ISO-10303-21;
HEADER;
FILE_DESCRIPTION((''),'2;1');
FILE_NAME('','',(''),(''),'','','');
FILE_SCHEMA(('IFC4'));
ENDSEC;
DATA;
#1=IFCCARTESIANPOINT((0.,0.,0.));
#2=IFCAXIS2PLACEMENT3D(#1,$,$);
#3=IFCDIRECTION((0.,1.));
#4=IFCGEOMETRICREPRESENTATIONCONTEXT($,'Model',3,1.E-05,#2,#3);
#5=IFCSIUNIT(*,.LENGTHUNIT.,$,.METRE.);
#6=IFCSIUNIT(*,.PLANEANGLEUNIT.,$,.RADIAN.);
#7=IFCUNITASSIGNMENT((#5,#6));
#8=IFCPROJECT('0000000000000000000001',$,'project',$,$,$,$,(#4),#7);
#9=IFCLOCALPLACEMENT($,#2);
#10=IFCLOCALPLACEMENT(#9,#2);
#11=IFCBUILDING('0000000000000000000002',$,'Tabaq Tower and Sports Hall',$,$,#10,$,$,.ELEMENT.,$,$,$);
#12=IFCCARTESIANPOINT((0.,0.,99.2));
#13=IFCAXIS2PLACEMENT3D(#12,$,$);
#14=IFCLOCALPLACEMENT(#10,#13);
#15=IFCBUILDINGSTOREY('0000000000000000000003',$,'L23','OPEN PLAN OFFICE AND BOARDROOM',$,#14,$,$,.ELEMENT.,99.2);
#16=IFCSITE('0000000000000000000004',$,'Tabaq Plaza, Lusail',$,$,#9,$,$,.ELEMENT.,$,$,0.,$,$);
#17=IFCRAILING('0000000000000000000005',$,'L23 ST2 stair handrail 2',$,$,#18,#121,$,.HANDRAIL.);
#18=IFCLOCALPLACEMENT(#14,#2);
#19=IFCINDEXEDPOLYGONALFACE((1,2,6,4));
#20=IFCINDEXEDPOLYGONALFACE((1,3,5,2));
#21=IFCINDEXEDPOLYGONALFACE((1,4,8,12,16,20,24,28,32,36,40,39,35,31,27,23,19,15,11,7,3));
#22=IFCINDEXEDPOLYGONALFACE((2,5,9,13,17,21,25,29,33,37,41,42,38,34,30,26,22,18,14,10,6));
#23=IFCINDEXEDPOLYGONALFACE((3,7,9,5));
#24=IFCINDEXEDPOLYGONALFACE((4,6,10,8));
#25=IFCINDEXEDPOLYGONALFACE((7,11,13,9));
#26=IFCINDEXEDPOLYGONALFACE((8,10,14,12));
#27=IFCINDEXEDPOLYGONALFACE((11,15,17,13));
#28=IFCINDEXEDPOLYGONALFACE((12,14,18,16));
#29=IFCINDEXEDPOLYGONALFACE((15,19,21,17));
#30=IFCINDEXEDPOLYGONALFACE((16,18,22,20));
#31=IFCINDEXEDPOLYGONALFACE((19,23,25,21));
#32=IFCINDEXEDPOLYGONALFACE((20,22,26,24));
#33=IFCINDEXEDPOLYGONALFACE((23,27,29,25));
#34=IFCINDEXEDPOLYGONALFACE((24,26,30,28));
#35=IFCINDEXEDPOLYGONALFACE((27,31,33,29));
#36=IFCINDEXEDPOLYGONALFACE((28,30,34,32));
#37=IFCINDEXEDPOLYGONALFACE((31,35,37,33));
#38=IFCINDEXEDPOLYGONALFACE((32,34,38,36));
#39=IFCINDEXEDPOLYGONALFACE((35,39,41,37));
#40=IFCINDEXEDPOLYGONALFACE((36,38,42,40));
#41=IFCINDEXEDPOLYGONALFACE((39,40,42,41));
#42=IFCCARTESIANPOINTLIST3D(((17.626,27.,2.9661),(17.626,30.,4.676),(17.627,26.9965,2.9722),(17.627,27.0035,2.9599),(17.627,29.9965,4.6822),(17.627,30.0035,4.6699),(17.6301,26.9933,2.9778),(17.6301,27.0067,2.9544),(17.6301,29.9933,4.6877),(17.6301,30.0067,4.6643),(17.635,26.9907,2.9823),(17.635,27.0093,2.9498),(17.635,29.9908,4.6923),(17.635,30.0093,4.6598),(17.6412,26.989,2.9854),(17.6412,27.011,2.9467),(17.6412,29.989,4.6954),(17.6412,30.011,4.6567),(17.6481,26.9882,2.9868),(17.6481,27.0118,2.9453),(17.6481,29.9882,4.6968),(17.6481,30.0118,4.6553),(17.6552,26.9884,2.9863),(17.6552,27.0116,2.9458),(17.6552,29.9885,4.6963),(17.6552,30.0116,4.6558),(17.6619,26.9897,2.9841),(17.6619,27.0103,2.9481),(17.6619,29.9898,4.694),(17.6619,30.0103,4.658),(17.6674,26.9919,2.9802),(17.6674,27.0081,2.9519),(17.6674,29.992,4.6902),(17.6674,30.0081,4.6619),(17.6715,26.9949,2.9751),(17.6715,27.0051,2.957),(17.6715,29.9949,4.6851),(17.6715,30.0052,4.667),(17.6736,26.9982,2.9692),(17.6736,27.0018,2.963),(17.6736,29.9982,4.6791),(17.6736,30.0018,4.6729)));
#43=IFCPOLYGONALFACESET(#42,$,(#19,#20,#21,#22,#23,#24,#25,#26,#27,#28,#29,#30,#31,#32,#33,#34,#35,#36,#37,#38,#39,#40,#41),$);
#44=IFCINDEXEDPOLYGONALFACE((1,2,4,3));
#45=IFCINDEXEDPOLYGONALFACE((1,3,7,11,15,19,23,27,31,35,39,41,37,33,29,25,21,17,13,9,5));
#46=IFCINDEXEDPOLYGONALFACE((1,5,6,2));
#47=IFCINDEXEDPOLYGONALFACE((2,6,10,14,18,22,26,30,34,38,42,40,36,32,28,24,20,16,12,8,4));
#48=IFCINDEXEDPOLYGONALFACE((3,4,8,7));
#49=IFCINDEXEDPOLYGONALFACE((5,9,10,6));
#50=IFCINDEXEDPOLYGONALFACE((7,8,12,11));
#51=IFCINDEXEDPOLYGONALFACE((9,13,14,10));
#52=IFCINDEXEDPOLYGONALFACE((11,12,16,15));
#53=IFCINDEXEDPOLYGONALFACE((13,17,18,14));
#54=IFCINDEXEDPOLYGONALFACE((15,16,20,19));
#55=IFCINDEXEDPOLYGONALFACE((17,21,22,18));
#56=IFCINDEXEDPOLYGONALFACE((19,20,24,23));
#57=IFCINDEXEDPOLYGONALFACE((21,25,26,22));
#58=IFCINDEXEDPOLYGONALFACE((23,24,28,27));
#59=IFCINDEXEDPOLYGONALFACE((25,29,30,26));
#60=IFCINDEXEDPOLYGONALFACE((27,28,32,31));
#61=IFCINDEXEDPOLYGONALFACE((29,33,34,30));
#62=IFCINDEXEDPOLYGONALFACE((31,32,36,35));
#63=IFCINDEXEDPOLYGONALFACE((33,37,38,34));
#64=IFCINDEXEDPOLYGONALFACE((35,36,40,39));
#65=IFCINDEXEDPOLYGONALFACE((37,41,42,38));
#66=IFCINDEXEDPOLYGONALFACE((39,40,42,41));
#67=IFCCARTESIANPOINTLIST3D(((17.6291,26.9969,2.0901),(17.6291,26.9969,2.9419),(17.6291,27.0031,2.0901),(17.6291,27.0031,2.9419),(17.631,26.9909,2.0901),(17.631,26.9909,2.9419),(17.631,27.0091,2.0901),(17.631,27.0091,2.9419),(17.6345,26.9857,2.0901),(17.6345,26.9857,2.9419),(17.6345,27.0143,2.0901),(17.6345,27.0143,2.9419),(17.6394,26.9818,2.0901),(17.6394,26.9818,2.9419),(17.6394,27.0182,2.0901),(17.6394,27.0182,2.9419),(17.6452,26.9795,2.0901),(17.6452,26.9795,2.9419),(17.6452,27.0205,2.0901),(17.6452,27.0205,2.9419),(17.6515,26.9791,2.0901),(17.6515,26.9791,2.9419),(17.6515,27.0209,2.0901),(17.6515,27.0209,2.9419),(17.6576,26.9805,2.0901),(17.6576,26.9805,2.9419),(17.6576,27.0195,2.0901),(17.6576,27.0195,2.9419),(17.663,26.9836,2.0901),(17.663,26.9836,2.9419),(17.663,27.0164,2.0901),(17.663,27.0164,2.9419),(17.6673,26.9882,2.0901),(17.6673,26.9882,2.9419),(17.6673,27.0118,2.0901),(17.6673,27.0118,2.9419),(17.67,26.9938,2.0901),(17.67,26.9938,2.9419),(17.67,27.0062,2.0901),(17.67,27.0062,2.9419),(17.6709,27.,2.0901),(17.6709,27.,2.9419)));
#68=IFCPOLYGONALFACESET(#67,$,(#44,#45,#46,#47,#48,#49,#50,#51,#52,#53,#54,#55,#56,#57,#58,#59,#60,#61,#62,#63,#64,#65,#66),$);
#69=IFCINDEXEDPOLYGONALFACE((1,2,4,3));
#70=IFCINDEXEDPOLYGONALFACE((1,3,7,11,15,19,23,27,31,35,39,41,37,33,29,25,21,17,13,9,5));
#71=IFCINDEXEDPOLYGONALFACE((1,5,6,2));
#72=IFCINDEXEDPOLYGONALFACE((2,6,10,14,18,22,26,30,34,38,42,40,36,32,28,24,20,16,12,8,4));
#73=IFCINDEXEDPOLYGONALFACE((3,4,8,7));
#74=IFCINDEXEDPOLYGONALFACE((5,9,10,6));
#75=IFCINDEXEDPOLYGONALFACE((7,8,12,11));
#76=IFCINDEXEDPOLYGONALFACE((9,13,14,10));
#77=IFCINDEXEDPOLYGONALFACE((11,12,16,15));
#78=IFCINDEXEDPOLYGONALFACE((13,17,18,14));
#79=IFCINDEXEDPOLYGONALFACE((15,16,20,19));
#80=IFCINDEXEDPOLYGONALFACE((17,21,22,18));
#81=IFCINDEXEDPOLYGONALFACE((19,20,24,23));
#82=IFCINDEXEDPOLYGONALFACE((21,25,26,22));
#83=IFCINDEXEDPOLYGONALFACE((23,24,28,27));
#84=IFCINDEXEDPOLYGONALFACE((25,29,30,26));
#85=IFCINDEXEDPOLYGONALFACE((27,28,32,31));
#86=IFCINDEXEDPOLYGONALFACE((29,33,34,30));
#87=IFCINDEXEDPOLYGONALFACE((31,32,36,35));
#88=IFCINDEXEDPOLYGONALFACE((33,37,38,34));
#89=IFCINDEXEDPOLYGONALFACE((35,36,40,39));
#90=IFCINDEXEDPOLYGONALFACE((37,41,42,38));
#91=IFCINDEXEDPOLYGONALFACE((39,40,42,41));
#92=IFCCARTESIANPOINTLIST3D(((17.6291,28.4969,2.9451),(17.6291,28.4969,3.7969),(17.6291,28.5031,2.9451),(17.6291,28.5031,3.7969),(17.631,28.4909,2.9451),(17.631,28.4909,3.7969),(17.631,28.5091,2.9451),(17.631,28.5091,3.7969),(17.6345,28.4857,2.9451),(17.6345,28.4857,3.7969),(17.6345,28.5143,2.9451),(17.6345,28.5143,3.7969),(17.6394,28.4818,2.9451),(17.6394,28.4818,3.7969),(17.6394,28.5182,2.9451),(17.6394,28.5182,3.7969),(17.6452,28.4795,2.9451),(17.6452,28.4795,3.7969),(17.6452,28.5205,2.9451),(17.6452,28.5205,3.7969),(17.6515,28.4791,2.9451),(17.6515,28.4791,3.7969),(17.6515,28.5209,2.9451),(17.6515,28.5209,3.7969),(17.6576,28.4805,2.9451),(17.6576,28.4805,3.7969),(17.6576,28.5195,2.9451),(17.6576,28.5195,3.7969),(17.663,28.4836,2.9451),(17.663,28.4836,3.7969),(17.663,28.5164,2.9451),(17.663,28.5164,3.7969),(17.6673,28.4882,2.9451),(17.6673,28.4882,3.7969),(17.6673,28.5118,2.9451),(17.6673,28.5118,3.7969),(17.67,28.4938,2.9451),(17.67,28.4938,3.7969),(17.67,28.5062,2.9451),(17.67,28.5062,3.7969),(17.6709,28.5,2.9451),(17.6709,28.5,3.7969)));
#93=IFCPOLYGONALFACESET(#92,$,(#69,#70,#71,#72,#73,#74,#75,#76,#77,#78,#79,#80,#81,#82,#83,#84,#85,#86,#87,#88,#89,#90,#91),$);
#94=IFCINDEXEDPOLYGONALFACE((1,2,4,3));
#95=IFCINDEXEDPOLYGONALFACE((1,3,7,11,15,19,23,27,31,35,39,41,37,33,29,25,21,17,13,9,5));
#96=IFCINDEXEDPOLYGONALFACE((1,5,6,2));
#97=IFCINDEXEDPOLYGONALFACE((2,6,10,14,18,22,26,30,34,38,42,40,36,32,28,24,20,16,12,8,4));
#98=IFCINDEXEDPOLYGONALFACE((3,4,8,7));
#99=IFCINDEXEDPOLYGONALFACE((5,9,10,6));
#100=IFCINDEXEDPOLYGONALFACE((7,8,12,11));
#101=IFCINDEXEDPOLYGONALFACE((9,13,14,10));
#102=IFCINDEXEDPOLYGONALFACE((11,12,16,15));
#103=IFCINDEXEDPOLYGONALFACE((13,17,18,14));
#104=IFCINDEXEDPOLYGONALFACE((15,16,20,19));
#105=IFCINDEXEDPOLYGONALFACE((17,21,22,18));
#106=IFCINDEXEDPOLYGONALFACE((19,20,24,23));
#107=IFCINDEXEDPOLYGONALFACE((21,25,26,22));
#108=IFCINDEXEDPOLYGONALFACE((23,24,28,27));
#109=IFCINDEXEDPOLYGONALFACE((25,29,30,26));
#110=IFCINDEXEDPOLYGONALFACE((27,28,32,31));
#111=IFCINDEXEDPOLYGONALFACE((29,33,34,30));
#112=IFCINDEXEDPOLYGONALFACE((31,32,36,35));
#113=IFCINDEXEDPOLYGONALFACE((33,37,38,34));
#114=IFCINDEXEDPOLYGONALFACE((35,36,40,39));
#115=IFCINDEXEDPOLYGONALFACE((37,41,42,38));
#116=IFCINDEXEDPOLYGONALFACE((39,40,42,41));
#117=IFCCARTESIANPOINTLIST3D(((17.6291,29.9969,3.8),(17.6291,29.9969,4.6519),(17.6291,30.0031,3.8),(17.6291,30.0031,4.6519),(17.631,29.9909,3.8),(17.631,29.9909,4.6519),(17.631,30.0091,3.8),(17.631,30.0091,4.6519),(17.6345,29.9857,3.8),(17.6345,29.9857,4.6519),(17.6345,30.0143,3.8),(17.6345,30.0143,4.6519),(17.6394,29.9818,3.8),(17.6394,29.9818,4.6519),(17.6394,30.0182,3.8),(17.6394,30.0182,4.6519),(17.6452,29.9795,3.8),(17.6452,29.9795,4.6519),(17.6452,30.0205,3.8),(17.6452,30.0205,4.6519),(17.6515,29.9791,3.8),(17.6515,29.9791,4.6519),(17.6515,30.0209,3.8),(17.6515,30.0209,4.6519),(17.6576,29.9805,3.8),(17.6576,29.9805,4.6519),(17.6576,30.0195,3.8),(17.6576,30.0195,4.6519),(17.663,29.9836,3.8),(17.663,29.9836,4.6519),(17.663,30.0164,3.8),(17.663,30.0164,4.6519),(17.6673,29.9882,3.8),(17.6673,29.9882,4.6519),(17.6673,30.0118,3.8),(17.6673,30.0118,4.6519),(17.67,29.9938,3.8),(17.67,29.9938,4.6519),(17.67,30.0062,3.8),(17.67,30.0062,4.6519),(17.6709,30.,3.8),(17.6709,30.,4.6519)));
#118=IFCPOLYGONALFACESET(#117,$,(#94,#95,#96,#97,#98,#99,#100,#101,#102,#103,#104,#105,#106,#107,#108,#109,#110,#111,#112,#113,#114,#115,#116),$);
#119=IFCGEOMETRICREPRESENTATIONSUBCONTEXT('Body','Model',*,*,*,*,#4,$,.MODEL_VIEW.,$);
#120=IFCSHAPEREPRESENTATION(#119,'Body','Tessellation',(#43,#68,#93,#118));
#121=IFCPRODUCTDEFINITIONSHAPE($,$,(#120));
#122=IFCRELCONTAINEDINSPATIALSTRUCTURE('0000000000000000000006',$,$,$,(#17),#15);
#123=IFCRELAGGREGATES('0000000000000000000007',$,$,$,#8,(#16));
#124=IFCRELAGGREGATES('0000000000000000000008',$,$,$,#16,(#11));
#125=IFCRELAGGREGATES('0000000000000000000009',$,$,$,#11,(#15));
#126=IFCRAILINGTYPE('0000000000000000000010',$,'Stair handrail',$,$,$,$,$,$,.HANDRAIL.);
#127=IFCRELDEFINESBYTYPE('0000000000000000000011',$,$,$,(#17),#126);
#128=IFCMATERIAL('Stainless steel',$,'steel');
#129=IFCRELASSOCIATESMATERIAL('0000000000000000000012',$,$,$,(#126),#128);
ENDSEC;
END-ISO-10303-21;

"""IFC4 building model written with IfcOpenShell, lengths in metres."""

from ifc_helpers import new_model, si_unit, direction, frame, origin, origin_2d, place, context, subcontext, project, spatial, circle, extrude, material, type_object, element, save


model = new_model("IFC4")

# Units and contexts
model_context = context("Model", 3, precision=1e-05, world=origin(), true_north=direction((0.0, 1.0)))
body_context = subcontext(model_context, "Body", "Model", "MODEL_VIEW")
ifc_project = project(units=[si_unit("LENGTHUNIT", "METRE"), si_unit("PLANEANGLEUNIT", "RADIAN")], contexts=[model_context])

# Site, building, storey
site_placement = place(None, origin())
site = spatial("IfcSite", under=ifc_project, at=site_placement, Name="Tabaq Plaza, Lusail", CompositionType="ELEMENT", RefElevation=0.0)
building_placement = place(site_placement, origin())
building = spatial("IfcBuilding", under=site, at=building_placement, Name="Tabaq Tower and Sports Hall", CompositionType="ELEMENT")
storey_placement = place(building_placement, frame((0.0, 0.0, 99.2)))
storey = spatial("IfcBuildingStorey", under=building, at=storey_placement, Name="L23", Description="OPEN PLAN OFFICE AND BOARDROOM", CompositionType="ELEMENT", Elevation=99.2)

# Railing
ifc_material_1 = material(Name="Stainless steel", Category="steel")
railing_type_1 = type_object("IfcRailingType", Name="Stair handrail", PredefinedType="HANDRAIL", material=ifc_material_1)
railing_1_placement = place(storey_placement, frame((17.6499, 27.0, 2.0901)))
element("IfcRailing", 1, at=railing_1_placement, inside=storey, type_object=railing_type_1, Name="L23 ST2 stair handrail 2", PredefinedType="HANDRAIL", context=body_context, shape_type="SweptSolid", body=[
    extrude(circle(Radius=0.0239, at=origin_2d()), frame((0.0, 0.0, 0.876), z_axis=(0.0, 0.868782, 0.495195), x_axis=(-1.0, 0.0, 0.0)), (0.0, 0.0, 1.0), 3.4531),
    extrude(circle(Radius=0.021, at=origin_2d()), origin(), (0.0, 0.0, 1.0), 0.8518),
    extrude(circle(Radius=0.021, at=origin_2d()), frame((0.0, 1.5, 0.855)), (0.0, 0.0, 1.0), 0.8518),
    extrude(circle(Radius=0.021, at=origin_2d()), frame((0.0, 3.0, 1.71)), (0.0, 0.0, 1.0), 0.8518),
])

save(model, "model.ifc")
